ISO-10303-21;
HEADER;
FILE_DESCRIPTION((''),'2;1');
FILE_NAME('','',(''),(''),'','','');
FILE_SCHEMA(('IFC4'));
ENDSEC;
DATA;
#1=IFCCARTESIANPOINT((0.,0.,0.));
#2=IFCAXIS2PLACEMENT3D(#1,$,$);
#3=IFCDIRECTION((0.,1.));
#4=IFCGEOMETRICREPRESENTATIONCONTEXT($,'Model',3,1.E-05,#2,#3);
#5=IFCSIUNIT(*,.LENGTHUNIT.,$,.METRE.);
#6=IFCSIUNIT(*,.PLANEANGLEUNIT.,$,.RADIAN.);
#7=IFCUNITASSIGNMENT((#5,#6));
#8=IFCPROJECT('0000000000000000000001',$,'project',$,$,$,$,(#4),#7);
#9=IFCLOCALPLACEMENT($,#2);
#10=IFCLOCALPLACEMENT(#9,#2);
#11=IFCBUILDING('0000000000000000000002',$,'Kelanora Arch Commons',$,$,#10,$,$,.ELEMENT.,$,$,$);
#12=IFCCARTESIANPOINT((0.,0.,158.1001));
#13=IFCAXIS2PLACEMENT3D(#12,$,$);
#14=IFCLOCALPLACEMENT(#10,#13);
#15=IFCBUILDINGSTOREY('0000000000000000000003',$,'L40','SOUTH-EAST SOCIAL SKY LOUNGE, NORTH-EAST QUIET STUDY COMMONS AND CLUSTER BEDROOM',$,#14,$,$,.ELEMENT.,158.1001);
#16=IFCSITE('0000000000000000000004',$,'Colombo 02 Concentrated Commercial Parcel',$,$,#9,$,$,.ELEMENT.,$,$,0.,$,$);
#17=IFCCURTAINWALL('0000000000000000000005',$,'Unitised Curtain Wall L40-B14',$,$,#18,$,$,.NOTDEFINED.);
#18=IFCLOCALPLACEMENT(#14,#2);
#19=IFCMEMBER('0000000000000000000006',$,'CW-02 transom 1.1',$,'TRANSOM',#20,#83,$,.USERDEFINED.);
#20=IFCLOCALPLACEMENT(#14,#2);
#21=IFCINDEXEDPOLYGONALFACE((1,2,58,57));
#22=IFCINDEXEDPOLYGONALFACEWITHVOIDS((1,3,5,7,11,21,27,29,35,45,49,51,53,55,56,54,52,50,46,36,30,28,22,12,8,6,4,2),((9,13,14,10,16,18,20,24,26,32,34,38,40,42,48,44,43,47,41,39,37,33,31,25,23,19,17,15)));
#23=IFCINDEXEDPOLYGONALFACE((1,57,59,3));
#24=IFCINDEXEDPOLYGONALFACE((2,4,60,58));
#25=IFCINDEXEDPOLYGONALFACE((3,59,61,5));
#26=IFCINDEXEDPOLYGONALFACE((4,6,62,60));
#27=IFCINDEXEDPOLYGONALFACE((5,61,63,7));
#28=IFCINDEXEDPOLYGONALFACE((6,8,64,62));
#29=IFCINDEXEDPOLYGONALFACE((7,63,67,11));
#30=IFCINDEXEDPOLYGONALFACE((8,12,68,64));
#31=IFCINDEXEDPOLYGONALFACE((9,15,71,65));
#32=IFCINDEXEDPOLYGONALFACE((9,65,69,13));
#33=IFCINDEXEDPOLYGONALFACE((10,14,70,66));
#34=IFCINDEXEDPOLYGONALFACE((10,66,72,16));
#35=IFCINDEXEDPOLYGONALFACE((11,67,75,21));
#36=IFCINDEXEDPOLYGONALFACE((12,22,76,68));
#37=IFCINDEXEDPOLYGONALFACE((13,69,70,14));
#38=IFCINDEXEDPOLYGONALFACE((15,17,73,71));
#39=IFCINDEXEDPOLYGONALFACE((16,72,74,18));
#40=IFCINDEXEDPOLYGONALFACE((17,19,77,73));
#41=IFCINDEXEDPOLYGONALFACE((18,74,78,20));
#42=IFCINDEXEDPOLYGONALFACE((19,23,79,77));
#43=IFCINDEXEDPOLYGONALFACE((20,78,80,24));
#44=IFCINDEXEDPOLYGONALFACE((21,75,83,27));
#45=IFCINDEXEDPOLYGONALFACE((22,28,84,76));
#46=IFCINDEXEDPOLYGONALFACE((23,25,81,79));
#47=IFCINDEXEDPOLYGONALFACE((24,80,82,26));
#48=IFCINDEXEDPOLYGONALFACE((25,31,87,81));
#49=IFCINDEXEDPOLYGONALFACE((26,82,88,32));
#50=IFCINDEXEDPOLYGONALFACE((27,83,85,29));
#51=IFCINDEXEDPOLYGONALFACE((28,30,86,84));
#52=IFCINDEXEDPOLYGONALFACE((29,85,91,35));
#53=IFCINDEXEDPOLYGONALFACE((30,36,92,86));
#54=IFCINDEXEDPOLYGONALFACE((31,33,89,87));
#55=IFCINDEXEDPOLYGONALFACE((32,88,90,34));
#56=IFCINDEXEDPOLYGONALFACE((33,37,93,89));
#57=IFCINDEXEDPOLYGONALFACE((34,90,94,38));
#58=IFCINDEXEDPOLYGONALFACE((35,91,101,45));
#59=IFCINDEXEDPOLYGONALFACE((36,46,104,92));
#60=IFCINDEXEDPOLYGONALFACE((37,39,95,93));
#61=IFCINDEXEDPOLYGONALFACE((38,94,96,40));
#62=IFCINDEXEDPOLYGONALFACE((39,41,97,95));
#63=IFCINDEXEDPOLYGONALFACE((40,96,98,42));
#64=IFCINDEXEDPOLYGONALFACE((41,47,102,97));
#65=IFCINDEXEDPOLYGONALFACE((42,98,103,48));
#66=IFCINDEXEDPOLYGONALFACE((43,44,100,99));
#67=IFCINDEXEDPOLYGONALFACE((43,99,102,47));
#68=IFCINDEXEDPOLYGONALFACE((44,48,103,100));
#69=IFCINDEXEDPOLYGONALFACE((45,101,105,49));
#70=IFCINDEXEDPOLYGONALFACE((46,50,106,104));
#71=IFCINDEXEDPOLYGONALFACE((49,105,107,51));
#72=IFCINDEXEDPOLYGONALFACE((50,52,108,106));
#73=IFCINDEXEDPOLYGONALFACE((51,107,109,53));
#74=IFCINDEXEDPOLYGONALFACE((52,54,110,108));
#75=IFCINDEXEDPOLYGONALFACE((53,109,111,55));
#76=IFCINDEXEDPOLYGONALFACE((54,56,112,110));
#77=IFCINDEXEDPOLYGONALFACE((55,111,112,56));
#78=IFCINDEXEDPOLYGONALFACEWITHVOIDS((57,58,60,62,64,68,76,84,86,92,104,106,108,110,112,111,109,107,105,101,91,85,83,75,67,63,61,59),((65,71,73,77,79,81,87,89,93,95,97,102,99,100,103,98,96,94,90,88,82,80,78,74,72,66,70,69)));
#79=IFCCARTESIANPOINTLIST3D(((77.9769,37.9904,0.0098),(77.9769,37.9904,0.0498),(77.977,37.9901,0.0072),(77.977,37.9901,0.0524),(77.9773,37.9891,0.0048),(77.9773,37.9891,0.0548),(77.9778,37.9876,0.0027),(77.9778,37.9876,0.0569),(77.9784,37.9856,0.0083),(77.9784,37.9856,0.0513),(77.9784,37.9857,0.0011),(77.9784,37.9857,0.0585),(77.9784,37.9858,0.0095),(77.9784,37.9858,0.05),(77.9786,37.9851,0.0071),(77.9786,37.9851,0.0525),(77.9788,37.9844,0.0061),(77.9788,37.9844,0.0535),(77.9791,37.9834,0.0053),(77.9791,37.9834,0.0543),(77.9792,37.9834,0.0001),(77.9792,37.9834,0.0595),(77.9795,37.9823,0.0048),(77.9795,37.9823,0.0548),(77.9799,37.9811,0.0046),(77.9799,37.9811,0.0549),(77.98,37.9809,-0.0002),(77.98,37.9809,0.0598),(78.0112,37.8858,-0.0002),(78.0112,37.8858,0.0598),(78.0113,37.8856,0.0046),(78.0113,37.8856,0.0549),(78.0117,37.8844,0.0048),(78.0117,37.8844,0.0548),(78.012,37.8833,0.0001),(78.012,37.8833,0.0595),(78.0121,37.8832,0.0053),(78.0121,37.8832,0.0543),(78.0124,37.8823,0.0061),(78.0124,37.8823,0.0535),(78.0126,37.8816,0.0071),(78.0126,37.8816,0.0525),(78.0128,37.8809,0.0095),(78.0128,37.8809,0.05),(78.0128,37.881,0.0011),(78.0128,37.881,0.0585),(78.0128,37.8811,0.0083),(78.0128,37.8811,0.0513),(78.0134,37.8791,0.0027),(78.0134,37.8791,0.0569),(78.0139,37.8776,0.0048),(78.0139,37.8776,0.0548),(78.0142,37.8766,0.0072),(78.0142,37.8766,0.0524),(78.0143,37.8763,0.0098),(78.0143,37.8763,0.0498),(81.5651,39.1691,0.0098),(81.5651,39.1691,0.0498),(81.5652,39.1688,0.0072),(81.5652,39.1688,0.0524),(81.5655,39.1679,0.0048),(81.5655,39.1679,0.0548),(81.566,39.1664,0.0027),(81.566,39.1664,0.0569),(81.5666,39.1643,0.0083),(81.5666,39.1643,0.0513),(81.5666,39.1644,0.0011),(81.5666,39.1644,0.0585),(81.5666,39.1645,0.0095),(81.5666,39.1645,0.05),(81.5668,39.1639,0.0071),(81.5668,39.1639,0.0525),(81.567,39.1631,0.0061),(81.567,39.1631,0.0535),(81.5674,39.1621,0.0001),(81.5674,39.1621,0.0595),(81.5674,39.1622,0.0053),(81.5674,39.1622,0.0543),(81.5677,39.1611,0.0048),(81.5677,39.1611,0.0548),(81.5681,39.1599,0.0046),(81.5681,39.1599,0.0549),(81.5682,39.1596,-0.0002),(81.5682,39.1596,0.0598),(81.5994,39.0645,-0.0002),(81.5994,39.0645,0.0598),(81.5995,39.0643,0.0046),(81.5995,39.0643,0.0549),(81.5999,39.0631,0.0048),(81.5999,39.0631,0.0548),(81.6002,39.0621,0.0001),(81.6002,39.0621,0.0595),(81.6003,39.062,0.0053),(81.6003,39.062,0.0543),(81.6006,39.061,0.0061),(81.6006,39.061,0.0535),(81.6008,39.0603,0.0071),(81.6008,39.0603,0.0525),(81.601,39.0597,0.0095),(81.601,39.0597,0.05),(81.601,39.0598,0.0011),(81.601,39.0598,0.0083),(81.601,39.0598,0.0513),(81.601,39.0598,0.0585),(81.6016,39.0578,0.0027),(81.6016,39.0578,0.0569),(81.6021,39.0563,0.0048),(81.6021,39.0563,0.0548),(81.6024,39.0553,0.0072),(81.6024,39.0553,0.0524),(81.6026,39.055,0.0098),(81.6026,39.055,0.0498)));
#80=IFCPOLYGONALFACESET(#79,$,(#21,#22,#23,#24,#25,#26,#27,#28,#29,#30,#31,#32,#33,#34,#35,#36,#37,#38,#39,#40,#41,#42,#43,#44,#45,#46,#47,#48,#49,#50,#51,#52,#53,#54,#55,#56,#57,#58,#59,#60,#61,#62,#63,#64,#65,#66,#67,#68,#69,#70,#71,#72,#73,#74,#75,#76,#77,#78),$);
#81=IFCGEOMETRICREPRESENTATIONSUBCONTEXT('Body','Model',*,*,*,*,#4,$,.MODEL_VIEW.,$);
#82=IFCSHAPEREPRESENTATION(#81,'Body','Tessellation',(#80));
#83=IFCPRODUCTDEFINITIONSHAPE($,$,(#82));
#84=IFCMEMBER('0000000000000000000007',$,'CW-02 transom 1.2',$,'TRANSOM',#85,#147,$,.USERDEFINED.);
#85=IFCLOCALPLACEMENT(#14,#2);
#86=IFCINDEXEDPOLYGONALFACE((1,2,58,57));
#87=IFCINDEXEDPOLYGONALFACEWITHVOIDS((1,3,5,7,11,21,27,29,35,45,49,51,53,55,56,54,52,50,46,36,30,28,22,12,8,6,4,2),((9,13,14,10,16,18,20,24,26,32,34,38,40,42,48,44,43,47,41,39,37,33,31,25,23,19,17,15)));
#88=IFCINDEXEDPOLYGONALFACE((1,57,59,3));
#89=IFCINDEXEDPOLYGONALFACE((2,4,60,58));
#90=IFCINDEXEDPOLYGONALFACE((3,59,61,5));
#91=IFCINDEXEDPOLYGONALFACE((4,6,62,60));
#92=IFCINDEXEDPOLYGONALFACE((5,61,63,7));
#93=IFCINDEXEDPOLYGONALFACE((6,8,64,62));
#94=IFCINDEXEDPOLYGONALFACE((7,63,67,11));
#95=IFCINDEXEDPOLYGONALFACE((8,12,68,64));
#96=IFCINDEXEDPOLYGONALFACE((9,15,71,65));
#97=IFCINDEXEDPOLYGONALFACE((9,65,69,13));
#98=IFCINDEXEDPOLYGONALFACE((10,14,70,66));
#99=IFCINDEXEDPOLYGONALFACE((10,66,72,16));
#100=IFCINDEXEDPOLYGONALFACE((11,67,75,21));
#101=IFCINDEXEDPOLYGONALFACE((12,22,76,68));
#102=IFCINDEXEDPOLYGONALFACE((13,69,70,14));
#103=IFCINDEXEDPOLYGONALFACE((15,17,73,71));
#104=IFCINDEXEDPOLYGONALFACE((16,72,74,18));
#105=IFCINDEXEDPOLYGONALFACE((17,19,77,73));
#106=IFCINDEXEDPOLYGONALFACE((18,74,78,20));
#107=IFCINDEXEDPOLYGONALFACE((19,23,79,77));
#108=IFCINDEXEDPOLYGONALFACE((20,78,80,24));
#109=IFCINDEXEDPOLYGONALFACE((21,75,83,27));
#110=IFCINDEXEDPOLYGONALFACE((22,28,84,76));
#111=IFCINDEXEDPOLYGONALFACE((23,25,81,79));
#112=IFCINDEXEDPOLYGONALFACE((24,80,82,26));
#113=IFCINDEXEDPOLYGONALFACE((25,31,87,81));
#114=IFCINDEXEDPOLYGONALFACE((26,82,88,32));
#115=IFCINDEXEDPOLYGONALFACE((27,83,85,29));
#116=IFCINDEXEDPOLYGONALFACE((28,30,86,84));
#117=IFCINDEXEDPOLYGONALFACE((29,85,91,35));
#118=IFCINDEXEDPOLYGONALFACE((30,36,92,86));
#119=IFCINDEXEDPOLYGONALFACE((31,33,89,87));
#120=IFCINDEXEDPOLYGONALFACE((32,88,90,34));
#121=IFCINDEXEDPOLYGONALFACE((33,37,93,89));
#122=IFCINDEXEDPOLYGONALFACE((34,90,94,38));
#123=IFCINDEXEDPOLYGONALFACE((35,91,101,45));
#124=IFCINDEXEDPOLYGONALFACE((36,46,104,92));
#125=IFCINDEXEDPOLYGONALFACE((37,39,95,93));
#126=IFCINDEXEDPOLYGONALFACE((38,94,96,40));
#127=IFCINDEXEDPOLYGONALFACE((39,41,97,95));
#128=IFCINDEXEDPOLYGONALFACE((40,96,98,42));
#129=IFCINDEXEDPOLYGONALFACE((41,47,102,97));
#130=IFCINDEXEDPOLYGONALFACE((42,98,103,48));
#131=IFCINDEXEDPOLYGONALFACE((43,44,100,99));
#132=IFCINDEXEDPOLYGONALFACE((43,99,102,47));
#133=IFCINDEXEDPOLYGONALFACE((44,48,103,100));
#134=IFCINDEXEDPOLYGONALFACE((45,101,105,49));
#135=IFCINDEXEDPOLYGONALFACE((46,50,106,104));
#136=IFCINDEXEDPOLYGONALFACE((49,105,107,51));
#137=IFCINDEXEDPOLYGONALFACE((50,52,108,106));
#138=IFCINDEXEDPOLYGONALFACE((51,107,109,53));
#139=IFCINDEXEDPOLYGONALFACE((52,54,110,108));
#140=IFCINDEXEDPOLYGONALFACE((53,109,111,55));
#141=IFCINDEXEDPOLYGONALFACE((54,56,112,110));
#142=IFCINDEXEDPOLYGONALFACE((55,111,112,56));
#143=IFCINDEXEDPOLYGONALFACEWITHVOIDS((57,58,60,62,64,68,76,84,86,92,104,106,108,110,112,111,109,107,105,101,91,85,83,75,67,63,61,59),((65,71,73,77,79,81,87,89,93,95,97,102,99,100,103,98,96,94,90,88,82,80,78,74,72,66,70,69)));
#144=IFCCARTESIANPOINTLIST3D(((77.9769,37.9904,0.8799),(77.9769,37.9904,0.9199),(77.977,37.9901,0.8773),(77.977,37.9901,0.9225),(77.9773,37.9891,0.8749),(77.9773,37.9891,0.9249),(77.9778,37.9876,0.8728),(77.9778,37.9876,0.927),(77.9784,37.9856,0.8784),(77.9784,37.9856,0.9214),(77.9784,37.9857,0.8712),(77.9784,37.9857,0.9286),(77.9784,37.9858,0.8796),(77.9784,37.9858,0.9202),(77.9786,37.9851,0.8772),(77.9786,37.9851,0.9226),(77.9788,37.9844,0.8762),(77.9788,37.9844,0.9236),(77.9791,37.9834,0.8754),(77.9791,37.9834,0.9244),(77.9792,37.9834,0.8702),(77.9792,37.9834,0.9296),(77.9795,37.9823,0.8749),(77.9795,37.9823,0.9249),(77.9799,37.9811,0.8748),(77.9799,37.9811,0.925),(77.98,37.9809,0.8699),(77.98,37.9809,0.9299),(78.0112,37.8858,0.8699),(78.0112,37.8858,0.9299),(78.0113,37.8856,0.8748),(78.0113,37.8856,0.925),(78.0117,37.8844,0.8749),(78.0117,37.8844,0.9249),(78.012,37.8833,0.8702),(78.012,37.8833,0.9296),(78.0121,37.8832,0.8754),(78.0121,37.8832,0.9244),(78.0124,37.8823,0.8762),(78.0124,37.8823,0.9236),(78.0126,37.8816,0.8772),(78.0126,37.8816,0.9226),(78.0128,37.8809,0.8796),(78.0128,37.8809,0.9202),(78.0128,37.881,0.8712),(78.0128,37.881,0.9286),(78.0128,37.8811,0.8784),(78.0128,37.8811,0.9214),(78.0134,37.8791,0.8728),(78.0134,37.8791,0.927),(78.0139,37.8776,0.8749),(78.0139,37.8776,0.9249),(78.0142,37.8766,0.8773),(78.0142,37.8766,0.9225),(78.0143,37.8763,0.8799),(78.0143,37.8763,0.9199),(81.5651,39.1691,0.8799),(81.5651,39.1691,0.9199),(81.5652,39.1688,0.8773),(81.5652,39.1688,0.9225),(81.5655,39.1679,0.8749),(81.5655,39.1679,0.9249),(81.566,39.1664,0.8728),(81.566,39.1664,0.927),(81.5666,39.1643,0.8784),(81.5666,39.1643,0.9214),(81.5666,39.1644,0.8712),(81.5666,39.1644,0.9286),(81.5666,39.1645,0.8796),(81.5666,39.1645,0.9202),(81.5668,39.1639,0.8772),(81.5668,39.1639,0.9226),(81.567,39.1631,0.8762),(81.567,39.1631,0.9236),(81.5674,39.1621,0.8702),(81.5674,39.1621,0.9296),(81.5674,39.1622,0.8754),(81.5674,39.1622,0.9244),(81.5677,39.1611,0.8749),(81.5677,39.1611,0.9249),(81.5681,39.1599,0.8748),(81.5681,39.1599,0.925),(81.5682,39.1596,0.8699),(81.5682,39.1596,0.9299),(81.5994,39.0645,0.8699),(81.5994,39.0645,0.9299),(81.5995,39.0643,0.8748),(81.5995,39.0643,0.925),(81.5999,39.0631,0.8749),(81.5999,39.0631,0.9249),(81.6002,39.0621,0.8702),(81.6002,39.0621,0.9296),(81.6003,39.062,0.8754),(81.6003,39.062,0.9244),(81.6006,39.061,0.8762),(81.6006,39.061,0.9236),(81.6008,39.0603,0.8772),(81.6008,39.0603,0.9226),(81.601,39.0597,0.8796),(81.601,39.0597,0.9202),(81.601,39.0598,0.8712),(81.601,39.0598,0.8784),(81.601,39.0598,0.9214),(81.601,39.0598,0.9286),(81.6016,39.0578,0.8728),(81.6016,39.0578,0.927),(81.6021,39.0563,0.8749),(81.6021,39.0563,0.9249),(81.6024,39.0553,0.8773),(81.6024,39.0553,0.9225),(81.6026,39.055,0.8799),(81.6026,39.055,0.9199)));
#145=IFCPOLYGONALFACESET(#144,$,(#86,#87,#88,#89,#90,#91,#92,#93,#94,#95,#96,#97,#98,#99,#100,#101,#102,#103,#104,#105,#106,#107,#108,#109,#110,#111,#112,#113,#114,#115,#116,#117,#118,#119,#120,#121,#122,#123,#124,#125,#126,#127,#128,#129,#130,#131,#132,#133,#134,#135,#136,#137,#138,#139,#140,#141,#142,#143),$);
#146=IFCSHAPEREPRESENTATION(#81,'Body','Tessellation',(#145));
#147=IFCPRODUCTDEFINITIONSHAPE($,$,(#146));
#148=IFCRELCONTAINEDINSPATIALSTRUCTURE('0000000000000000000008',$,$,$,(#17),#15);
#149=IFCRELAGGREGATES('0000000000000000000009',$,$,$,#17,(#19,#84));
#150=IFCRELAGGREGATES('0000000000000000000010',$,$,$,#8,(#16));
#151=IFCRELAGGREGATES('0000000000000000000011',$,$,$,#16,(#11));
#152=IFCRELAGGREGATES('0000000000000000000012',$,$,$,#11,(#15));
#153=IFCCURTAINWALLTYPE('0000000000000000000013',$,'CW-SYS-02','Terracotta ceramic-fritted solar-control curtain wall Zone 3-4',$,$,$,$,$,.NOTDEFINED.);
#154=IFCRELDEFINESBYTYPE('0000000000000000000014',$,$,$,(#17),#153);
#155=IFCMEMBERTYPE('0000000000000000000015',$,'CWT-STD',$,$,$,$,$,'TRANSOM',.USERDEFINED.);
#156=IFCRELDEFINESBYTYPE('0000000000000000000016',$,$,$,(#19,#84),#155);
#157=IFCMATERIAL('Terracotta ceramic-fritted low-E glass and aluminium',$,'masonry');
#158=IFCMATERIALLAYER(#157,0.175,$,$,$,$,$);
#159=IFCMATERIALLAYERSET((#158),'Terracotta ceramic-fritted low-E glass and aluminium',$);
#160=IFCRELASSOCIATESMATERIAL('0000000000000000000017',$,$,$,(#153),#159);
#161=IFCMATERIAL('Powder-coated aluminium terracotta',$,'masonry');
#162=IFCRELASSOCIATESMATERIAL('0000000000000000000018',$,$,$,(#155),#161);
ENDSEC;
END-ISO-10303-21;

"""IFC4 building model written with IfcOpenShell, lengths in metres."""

from ifc_helpers import new_model, si_unit, direction, frame, origin, origin_2d, place, context, subcontext, project, spatial, hollow_rectangle, extrude, material, layer, layer_set, material_profile, profile_set, type_object, element, aggregate, save


model = new_model("IFC4")

# Units and contexts
model_context = context("Model", 3, precision=1e-05, world=origin(), true_north=direction((0.0, 1.0)))
body_context = subcontext(model_context, "Body", "Model", "MODEL_VIEW")
ifc_project = project(units=[si_unit("LENGTHUNIT", "METRE"), si_unit("PLANEANGLEUNIT", "RADIAN")], contexts=[model_context])

# Site, building, storey
site_placement = place(None, origin())
site = spatial("IfcSite", under=ifc_project, at=site_placement, Name="Colombo 02 Concentrated Commercial Parcel", CompositionType="ELEMENT", RefElevation=0.0)
building_placement = place(site_placement, origin())
building = spatial("IfcBuilding", under=site, at=building_placement, Name="Kelanora Arch Commons", CompositionType="ELEMENT")
storey_placement = place(building_placement, frame((0.0, 0.0, 158.1001)))
storey = spatial("IfcBuildingStorey", under=building, at=storey_placement, Name="L40", Description="SOUTH-EAST SOCIAL SKY LOUNGE, NORTH-EAST QUIET STUDY COMMONS AND CLUSTER BEDROOM", CompositionType="ELEMENT", Elevation=158.1001)

# Curtain wall, members
ifc_material_1 = material(Name="Terracotta ceramic-fritted low-E glass and aluminium", Category="masonry")
ifc_layer_1 = layer(ifc_material_1, 0.175)
ifc_layer_set_1 = layer_set([ifc_layer_1], Name="Terracotta ceramic-fritted low-E glass and aluminium")
curtain_wall_type = type_object("IfcCurtainWallType", Name="CW-SYS-02", Description="Terracotta ceramic-fritted solar-control curtain wall Zone 3-4", PredefinedType="NOTDEFINED", material=ifc_layer_set_1)
curtain_wall_placement = place(storey_placement, origin())
curtain_wall = element("IfcCurtainWall", 1, at=curtain_wall_placement, inside=storey, type_object=curtain_wall_type, Name="Unitised Curtain Wall L40-B14", PredefinedType="NOTDEFINED")
ifc_material_2 = material(Name="Powder-coated aluminium terracotta", Category="masonry")
ifc_material_profile_1 = material_profile(ifc_material_2, hollow_rectangle(XDim=0.1201, YDim=0.0601, WallThickness=0.0049, InnerFilletRadius=0.0049, OuterFilletRadius=0.01, at=origin_2d()), Name="CWT120x60")
ifc_profile_set_1 = profile_set([ifc_material_profile_1], Name="Powder-coated aluminium terracotta")
member_type_1 = type_object("IfcMemberType", Name="CWT-STD", ElementType="TRANSOM", PredefinedType="USERDEFINED", material=ifc_profile_set_1)
member_1_placement = place(storey_placement, frame((77.9956, 37.9333, 0.0298), z_axis=(0.950051, 0.312094, 0.0), x_axis=(-0.312094, 0.950051, 0.0)))
member_1 = element("IfcMember", 2, at=member_1_placement, type_object=member_type_1, Name="CW-02 transom 1.1", ObjectType="TRANSOM", PredefinedType="USERDEFINED", context=body_context, shape_type="SweptSolid", body=[
    extrude(hollow_rectangle(XDim=0.1201, YDim=0.0601, WallThickness=0.0049, InnerFilletRadius=0.0049, OuterFilletRadius=0.01, at=origin_2d()), origin(), (0.0, 0.0, 1.0), 3.7769),
])
member_2_placement = place(storey_placement, frame((77.9956, 37.9333, 0.8999), z_axis=(0.950051, 0.312094, 0.0), x_axis=(-0.312094, 0.950051, 0.0)))
member_2 = element("IfcMember", 3, at=member_2_placement, type_object=member_type_1, Name="CW-02 transom 1.2", ObjectType="TRANSOM", PredefinedType="USERDEFINED", context=body_context, shape_type="SweptSolid", body=[
    extrude(hollow_rectangle(XDim=0.1201, YDim=0.0601, WallThickness=0.0049, InnerFilletRadius=0.0049, OuterFilletRadius=0.01, at=origin_2d()), origin(), (0.0, 0.0, 1.0), 3.7769),
])
aggregate(curtain_wall, [member_1, member_2])

save(model, "model.ifc")
